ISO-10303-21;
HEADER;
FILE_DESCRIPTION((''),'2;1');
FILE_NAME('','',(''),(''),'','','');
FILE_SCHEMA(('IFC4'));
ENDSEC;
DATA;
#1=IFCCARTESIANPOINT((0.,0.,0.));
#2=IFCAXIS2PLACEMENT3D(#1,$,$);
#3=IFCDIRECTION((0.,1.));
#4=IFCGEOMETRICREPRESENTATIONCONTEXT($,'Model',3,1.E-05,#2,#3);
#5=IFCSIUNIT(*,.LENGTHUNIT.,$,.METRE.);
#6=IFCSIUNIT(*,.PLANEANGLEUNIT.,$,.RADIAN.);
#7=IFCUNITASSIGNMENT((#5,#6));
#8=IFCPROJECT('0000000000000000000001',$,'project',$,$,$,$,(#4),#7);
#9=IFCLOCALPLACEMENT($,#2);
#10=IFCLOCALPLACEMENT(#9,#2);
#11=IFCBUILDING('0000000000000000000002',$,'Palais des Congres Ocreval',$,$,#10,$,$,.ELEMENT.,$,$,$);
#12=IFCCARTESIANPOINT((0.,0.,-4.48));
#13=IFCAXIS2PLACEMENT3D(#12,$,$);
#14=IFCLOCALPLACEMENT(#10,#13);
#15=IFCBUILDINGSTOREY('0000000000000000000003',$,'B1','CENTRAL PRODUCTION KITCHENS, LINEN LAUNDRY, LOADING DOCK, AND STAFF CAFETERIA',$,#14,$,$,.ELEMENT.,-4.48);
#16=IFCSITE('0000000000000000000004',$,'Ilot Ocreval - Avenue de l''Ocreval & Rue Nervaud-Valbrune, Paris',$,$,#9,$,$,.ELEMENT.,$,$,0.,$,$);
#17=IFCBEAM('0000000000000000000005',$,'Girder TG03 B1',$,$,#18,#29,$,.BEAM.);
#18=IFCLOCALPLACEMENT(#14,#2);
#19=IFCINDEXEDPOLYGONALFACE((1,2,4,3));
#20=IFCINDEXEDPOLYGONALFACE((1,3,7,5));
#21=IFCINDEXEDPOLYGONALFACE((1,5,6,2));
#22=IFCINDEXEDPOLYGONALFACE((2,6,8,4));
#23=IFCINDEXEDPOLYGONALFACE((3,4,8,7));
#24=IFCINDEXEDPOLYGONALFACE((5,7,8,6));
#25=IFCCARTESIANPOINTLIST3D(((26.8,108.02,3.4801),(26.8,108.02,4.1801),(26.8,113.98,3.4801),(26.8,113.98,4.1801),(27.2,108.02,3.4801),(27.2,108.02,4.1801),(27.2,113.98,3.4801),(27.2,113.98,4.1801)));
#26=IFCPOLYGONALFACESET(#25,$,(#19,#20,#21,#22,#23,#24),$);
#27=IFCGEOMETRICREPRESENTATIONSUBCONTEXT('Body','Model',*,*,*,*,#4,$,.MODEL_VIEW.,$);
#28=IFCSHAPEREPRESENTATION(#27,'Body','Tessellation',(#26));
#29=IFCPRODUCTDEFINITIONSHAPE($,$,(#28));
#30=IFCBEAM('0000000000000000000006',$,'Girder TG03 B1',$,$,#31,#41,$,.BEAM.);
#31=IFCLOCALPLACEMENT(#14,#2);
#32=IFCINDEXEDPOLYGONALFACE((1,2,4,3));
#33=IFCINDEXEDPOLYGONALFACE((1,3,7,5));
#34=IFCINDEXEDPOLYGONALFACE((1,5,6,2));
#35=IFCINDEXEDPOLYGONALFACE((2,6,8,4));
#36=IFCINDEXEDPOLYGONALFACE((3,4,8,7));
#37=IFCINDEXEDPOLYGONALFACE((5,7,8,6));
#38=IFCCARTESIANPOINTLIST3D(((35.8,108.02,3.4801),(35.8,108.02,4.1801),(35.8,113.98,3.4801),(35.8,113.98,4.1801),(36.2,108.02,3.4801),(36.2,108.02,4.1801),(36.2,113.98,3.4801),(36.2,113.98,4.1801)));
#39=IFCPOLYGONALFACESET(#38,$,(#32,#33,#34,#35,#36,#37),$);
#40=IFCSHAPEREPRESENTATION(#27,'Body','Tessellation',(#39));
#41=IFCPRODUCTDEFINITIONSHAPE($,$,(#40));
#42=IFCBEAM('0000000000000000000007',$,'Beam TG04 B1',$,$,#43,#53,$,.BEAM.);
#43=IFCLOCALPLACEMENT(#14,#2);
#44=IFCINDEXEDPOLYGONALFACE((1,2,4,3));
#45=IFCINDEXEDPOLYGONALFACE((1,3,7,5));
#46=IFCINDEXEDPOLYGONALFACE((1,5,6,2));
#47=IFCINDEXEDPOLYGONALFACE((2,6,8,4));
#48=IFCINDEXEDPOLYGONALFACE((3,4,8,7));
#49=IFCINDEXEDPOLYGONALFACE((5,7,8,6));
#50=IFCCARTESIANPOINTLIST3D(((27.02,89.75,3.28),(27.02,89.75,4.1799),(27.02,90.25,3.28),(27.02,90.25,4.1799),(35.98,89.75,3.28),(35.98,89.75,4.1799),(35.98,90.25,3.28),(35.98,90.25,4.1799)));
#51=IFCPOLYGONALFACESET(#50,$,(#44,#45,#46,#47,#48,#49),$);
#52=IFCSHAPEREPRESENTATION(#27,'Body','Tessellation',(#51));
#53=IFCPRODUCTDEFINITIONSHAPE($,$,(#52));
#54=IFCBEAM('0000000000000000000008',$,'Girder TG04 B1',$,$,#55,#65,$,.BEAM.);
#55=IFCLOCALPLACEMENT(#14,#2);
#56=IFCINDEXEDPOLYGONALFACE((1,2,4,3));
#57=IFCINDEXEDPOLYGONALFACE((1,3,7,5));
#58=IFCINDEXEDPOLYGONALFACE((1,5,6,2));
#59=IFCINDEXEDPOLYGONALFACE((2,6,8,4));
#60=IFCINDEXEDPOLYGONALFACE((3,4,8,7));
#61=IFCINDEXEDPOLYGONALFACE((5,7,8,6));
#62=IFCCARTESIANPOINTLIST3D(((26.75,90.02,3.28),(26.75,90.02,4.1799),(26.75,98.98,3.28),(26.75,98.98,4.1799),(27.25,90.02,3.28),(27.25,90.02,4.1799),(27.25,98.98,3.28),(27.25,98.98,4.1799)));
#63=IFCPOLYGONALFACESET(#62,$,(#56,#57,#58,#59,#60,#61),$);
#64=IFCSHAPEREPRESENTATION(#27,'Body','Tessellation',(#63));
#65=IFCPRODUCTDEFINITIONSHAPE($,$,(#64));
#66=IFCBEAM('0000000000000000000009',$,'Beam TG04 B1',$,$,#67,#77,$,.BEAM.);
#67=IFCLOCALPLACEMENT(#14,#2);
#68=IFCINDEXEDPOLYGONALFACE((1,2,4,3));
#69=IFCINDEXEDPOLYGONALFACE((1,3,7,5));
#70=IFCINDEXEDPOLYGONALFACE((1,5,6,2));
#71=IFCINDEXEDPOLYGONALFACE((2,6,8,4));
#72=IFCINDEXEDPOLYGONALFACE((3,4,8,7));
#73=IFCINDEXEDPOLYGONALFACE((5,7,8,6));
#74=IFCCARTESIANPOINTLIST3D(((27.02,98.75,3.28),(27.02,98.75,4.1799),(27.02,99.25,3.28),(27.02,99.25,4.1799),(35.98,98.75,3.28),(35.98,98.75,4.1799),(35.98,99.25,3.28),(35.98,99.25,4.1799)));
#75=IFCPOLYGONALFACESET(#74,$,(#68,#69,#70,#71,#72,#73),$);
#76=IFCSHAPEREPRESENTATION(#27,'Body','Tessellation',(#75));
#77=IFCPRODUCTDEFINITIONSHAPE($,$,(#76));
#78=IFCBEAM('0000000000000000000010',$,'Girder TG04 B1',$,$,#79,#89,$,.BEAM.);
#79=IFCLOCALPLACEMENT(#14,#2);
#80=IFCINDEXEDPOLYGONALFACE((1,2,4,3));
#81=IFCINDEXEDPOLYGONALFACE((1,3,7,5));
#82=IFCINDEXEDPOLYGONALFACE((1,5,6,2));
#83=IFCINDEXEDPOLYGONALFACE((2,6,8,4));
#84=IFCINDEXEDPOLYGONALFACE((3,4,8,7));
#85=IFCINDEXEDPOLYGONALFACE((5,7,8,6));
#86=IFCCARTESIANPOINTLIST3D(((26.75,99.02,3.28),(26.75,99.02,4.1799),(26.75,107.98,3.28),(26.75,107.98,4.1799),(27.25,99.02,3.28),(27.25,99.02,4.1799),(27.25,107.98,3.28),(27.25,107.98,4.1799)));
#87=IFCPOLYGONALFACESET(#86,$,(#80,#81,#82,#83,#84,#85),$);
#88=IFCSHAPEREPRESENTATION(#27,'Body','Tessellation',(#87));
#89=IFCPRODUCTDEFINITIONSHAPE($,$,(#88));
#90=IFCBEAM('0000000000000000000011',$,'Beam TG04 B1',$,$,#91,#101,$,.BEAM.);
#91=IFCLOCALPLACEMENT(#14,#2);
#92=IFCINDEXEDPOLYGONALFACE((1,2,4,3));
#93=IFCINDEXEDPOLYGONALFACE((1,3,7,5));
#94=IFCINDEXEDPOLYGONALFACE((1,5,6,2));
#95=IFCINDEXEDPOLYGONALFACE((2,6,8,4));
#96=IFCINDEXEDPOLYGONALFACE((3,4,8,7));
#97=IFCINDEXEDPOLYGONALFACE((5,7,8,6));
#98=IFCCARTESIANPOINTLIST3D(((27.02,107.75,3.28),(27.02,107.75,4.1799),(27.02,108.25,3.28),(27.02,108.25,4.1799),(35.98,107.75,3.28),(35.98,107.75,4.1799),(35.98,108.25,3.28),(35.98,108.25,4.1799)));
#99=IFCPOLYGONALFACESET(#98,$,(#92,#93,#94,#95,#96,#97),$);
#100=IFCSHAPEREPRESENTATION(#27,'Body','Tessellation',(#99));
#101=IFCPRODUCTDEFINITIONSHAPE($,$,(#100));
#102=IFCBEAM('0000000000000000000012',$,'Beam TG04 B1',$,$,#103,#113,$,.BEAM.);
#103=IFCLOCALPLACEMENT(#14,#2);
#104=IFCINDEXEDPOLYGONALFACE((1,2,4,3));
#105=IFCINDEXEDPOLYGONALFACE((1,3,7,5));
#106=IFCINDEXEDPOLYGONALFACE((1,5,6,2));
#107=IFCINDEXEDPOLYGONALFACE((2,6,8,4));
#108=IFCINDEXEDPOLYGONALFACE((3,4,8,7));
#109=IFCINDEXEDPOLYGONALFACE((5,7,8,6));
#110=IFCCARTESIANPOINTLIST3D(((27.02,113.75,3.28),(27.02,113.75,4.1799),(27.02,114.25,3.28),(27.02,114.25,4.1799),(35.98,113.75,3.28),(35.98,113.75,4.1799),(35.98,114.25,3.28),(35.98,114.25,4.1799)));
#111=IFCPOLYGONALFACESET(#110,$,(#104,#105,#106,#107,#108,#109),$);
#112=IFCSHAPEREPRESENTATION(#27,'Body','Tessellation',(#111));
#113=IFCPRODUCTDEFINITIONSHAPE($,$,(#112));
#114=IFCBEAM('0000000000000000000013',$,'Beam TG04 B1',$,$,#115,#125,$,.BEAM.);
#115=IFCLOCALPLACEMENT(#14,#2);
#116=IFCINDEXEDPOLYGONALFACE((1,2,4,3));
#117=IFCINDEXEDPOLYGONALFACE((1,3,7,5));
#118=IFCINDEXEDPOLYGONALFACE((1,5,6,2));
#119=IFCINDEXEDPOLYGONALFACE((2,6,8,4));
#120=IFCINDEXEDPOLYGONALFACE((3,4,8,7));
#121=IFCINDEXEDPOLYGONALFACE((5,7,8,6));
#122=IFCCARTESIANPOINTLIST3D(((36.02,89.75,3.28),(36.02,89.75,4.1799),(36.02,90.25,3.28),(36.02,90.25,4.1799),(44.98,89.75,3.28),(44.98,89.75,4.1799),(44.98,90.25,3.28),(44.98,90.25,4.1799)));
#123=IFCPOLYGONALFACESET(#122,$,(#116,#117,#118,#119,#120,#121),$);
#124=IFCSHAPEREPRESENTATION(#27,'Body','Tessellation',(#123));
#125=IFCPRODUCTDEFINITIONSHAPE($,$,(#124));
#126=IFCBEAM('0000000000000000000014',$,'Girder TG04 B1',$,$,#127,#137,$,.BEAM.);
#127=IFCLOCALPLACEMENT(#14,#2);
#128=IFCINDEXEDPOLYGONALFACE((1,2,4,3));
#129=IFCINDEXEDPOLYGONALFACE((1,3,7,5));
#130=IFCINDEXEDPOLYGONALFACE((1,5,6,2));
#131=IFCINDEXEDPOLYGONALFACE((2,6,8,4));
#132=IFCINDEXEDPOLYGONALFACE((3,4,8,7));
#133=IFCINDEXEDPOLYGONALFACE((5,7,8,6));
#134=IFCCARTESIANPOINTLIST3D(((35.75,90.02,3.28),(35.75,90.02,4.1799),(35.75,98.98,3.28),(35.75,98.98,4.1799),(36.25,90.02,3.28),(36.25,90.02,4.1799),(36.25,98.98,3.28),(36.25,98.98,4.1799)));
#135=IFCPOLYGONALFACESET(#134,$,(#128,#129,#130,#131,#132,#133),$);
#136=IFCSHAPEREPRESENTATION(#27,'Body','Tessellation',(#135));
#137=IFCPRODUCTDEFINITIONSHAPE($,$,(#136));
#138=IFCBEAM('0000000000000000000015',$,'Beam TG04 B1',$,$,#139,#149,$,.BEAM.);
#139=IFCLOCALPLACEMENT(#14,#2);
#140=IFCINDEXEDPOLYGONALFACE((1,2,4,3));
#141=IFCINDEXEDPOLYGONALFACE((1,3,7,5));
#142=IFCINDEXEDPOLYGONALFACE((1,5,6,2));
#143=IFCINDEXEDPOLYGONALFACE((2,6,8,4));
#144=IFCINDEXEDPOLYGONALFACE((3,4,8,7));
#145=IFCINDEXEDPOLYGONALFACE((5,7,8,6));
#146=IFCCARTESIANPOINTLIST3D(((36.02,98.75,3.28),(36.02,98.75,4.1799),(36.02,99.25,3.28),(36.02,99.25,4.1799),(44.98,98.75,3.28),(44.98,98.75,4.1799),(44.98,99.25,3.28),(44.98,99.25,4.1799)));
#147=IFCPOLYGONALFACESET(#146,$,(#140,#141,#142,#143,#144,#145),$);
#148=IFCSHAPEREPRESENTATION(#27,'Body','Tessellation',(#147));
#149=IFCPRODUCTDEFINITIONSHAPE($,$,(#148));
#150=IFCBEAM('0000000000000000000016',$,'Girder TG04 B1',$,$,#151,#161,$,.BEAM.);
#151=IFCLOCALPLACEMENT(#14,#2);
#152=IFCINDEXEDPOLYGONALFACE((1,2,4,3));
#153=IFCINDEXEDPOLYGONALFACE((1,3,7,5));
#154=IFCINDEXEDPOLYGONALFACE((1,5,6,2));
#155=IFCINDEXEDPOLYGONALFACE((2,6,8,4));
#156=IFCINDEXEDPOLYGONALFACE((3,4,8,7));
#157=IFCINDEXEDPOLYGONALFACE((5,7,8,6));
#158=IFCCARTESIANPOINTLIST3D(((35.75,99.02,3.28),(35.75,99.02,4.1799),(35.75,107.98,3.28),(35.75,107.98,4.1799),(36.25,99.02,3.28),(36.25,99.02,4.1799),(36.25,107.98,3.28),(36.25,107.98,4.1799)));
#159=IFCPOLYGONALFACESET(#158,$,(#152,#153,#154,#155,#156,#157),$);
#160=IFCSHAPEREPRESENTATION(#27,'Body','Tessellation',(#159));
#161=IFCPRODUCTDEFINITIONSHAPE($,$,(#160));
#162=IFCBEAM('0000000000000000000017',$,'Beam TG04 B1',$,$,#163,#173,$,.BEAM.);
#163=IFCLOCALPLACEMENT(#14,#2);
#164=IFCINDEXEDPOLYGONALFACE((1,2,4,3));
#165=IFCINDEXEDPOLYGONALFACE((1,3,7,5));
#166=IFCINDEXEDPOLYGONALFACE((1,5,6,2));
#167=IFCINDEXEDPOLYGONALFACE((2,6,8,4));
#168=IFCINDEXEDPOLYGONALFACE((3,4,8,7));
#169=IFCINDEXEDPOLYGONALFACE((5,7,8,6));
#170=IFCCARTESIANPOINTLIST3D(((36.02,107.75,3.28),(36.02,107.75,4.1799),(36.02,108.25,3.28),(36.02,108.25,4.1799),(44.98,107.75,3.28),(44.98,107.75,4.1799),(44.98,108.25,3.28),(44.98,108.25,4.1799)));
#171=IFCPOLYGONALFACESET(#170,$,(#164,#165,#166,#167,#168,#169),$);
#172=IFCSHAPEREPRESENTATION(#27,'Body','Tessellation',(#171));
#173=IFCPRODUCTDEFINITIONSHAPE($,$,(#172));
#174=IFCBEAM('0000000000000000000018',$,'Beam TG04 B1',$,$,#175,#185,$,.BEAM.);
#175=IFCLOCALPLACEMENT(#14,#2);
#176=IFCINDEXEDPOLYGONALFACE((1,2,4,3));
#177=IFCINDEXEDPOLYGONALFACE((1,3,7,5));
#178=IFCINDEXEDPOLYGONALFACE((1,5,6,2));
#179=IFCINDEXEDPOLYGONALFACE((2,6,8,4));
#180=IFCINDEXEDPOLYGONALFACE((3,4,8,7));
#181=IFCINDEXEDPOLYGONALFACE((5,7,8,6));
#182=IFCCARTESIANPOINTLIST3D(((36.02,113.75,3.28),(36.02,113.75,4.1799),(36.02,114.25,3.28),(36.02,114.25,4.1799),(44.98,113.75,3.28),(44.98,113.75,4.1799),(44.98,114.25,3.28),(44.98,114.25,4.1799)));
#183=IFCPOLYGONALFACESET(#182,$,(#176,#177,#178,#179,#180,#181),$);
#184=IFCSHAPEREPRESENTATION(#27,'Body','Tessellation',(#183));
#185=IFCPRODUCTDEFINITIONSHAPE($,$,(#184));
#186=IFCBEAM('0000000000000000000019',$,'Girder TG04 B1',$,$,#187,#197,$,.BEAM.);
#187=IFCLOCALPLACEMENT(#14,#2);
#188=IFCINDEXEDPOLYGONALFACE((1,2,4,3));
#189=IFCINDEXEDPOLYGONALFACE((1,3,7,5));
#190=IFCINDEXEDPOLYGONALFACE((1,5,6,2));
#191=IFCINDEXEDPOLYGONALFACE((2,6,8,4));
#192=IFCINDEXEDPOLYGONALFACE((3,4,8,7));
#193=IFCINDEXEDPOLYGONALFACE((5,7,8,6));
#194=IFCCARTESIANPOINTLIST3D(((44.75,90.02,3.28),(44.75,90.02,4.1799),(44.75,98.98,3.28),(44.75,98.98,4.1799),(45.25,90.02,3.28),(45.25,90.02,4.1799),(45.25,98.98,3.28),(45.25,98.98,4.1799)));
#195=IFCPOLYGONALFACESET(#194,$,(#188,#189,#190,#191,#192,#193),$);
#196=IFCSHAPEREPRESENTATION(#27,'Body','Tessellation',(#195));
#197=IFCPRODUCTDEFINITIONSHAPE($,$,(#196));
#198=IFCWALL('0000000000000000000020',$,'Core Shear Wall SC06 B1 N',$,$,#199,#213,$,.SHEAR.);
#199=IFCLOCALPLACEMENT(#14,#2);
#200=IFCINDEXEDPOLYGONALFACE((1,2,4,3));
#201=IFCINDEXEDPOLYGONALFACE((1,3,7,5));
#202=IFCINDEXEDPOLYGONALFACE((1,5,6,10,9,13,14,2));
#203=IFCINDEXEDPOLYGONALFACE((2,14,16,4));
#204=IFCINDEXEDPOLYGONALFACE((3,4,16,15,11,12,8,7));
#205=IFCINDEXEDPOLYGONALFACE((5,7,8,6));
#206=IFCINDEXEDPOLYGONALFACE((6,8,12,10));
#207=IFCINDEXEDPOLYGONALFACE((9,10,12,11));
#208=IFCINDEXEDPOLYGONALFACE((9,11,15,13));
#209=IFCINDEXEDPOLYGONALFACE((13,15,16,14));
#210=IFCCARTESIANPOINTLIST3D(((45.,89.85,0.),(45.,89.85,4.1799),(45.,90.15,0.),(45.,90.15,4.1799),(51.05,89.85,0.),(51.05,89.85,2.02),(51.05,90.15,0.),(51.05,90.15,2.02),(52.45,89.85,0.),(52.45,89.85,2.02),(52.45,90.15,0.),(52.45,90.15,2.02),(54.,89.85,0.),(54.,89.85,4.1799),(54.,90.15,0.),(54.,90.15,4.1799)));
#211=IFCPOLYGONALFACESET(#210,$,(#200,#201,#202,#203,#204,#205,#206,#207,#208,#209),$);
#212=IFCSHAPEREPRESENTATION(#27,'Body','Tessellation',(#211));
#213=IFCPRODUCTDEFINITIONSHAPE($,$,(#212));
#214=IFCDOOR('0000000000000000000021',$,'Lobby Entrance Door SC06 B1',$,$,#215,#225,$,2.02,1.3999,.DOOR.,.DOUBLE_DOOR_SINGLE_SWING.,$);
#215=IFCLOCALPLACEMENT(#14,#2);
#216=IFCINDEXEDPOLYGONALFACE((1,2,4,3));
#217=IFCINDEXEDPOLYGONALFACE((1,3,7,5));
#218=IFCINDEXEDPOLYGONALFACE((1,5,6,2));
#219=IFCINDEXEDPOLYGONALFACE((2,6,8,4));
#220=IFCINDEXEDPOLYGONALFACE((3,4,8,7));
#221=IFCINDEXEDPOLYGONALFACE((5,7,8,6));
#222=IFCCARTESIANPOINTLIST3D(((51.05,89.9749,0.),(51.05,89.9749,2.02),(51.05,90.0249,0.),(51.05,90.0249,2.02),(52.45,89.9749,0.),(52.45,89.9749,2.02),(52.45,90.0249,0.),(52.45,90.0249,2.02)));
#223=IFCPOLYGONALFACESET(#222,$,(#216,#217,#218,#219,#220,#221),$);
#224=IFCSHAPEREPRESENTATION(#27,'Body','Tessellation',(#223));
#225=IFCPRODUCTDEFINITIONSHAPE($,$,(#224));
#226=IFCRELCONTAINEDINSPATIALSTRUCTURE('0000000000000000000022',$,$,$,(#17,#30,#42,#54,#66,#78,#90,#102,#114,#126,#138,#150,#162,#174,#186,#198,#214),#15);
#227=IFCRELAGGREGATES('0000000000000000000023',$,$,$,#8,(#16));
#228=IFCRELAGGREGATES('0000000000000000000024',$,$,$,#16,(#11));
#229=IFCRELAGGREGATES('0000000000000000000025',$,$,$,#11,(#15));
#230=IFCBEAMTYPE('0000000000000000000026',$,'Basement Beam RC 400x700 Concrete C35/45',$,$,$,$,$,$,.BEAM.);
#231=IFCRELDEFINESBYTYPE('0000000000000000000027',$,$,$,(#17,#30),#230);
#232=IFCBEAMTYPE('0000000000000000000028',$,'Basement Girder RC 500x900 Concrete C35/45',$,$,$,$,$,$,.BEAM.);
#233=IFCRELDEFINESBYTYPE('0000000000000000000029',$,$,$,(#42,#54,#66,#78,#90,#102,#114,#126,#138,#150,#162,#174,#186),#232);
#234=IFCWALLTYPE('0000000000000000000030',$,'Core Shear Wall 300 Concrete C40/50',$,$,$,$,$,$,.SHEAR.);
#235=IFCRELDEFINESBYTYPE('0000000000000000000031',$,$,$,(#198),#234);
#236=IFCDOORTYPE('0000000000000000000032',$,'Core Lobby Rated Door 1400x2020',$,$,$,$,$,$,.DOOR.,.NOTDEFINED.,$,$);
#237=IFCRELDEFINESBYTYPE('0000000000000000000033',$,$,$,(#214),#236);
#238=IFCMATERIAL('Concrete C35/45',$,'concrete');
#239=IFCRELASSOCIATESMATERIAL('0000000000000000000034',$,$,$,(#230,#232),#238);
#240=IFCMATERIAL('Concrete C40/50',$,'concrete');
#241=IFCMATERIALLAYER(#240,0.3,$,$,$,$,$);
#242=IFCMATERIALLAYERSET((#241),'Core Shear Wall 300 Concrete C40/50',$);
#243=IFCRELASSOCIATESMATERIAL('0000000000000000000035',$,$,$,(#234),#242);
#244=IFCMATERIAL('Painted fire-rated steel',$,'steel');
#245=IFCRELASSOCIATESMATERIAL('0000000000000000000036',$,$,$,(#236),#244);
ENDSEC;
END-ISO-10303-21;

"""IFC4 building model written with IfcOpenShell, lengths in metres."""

from ifc_helpers import new_model, si_unit, direction, frame, frame_2d, origin, origin_2d, place, context, subcontext, project, spatial, rectangle, extrude, material, layer, layer_set, material_profile, profile_set, type_object, element, fill, save


model = new_model("IFC4")

# Units and contexts
model_context = context("Model", 3, precision=1e-05, world=origin(), true_north=direction((0.0, 1.0)))
body_context = subcontext(model_context, "Body", "Model", "MODEL_VIEW")
ifc_project = project(units=[si_unit("LENGTHUNIT", "METRE"), si_unit("PLANEANGLEUNIT", "RADIAN")], contexts=[model_context])

# Site, building, storey
site_placement = place(None, origin())
site = spatial("IfcSite", under=ifc_project, at=site_placement, Name="Ilot Ocreval - Avenue de l'Ocreval & Rue Nervaud-Valbrune, Paris", CompositionType="ELEMENT", RefElevation=0.0)
building_placement = place(site_placement, origin())
building = spatial("IfcBuilding", under=site, at=building_placement, Name="Palais des Congres Ocreval", CompositionType="ELEMENT")
storey_placement = place(building_placement, frame((0.0, 0.0, -4.48)))
storey = spatial("IfcBuildingStorey", under=building, at=storey_placement, Name="B1", Description="CENTRAL PRODUCTION KITCHENS, LINEN LAUNDRY, LOADING DOCK, AND STAFF CAFETERIA", CompositionType="ELEMENT", Elevation=-4.48)

# Beams
ifc_material_1 = material(Name="Concrete C35/45", Category="concrete")
ifc_material_profile_1 = material_profile(ifc_material_1, rectangle(XDim=0.3999, YDim=0.7, at=origin_2d()), Name="RC 400x700")
ifc_profile_set_1 = profile_set([ifc_material_profile_1], Name="Concrete C35/45")
beam_type_1 = type_object("IfcBeamType", Name="Basement Beam RC 400x700 Concrete C35/45", PredefinedType="BEAM", material=ifc_profile_set_1)
for number, where, z_axis, x_axis, name in (
    (1, (27.0, 108.02, 3.8301), (0.0, 1.0, 0.0), (-1.0, 0.0, 0.0), "Girder TG03 B1"),
    (2, (36.0, 108.02, 3.8301), (0.0, 1.0, 0.0), (-1.0, 0.0, 0.0), "Girder TG03 B1"),
):
    element("IfcBeam", number, at=place(storey_placement, frame(where, z_axis=z_axis, x_axis=x_axis)), inside=storey, type_object=beam_type_1, Name=name, PredefinedType="BEAM", context=body_context, shape_type="SweptSolid", body=[
        extrude(rectangle(XDim=0.3999, YDim=0.7, at=origin_2d()), origin(), (0.0, 0.0, 1.0), 5.96),
    ])
ifc_material_profile_2 = material_profile(ifc_material_1, rectangle(XDim=0.5, YDim=0.8999, at=origin_2d()), Name="RC 500x900")
ifc_profile_set_2 = profile_set([ifc_material_profile_2], Name="Concrete C35/45")
beam_type_2 = type_object("IfcBeamType", Name="Basement Girder RC 500x900 Concrete C35/45", PredefinedType="BEAM", material=ifc_profile_set_2)
for number, where, z_axis, x_axis, name in (
    (3, (27.02, 90.0, 3.73), (1.0, 0.0, 0.0), (0.0, 1.0, 0.0), "Beam TG04 B1"),
    (4, (27.0, 90.02, 3.73), (0.0, 1.0, 0.0), (-1.0, 0.0, 0.0), "Girder TG04 B1"),
    (5, (27.02, 99.0, 3.73), (1.0, 0.0, 0.0), (0.0, 1.0, 0.0), "Beam TG04 B1"),
    (6, (27.0, 99.02, 3.73), (0.0, 1.0, 0.0), (-1.0, 0.0, 0.0), "Girder TG04 B1"),
    (7, (27.02, 108.0, 3.73), (1.0, 0.0, 0.0), (0.0, 1.0, 0.0), "Beam TG04 B1"),
    (8, (27.02, 114.0, 3.73), (1.0, 0.0, 0.0), (0.0, 1.0, 0.0), "Beam TG04 B1"),
    (9, (36.02, 90.0, 3.73), (1.0, 0.0, 0.0), (0.0, 1.0, 0.0), "Beam TG04 B1"),
    (10, (36.0, 90.02, 3.73), (0.0, 1.0, 0.0), (-1.0, 0.0, 0.0), "Girder TG04 B1"),
    (11, (36.02, 99.0, 3.73), (1.0, 0.0, 0.0), (0.0, 1.0, 0.0), "Beam TG04 B1"),
    (12, (36.0, 99.02, 3.73), (0.0, 1.0, 0.0), (-1.0, 0.0, 0.0), "Girder TG04 B1"),
    (13, (36.02, 108.0, 3.73), (1.0, 0.0, 0.0), (0.0, 1.0, 0.0), "Beam TG04 B1"),
    (14, (36.02, 114.0, 3.73), (1.0, 0.0, 0.0), (0.0, 1.0, 0.0), "Beam TG04 B1"),
    (15, (45.0, 90.02, 3.73), (0.0, 1.0, 0.0), (-1.0, 0.0, 0.0), "Girder TG04 B1"),
):
    element("IfcBeam", number, at=place(storey_placement, frame(where, z_axis=z_axis, x_axis=x_axis)), inside=storey, type_object=beam_type_2, Name=name, PredefinedType="BEAM", context=body_context, shape_type="SweptSolid", body=[
        extrude(rectangle(XDim=0.5, YDim=0.8999, at=origin_2d()), origin(), (0.0, 0.0, 1.0), 8.96),
    ])

# Wall, opening, door
ifc_material_2 = material(Name="Concrete C40/50", Category="concrete")
ifc_layer_1 = layer(ifc_material_2, 0.3)
ifc_layer_set_1 = layer_set([ifc_layer_1], Name="Core Shear Wall 300 Concrete C40/50")
wall_type_1 = type_object("IfcWallType", Name="Core Shear Wall 300 Concrete C40/50", PredefinedType="SHEAR", material=ifc_layer_set_1)
wall_1_placement = place(storey_placement, frame((45.0, 90.0, 0.0), z_axis=(0.0, 0.0, 1.0), x_axis=(1.0, 0.0, 0.0)))
wall_1 = element("IfcWall", 16, at=wall_1_placement, inside=storey, type_object=wall_type_1, Name="Core Shear Wall SC06 B1 N", PredefinedType="SHEAR", context=body_context, shape_type="SweptSolid", body=[
    extrude(rectangle(XDim=9.0, YDim=0.3, at=frame_2d((4.5, 0.0))), origin(), (0.0, 0.0, 1.0), 4.1799),
])
opening_placement = place(wall_1_placement, frame((6.05, 0.0, 0.0)))
opening = element("IfcOpeningElement", 17, at=opening_placement, cuts=wall_1, PredefinedType="OPENING", context=body_context, shape_type="SweptSolid", body=[
    extrude(rectangle(XDim=1.3999, YDim=2.02, at=frame_2d((0.7, 1.01))), frame((0.0, 0.1599, 0.0), z_axis=(0.0, -1.0, 0.0), x_axis=(1.0, 0.0, 0.0)), (0.0, 0.0, 1.0), 0.3201),
])
ifc_material_3 = material(Name="Painted fire-rated steel", Category="steel")
door_type = type_object("IfcDoorType", Name="Core Lobby Rated Door 1400x2020", OperationType="NOTDEFINED", PredefinedType="DOOR", material=ifc_material_3)
door_placement = place(opening_placement, origin())
door = element("IfcDoor", 18, at=door_placement, inside=storey, type_object=door_type, Name="Lobby Entrance Door SC06 B1", OperationType="DOUBLE_DOOR_SINGLE_SWING", OverallHeight=2.02, OverallWidth=1.3999, PredefinedType="DOOR", context=body_context, shape_type="SweptSolid", body=[
    extrude(rectangle(XDim=1.3999, YDim=2.02, at=frame_2d((0.7, 1.01))), frame((0.0, 0.0249, 0.0), z_axis=(0.0, -1.0, 0.0), x_axis=(1.0, 0.0, 0.0)), (0.0, 0.0, 1.0), 0.05),
])
fill(opening, door)

save(model, "model.ifc")
